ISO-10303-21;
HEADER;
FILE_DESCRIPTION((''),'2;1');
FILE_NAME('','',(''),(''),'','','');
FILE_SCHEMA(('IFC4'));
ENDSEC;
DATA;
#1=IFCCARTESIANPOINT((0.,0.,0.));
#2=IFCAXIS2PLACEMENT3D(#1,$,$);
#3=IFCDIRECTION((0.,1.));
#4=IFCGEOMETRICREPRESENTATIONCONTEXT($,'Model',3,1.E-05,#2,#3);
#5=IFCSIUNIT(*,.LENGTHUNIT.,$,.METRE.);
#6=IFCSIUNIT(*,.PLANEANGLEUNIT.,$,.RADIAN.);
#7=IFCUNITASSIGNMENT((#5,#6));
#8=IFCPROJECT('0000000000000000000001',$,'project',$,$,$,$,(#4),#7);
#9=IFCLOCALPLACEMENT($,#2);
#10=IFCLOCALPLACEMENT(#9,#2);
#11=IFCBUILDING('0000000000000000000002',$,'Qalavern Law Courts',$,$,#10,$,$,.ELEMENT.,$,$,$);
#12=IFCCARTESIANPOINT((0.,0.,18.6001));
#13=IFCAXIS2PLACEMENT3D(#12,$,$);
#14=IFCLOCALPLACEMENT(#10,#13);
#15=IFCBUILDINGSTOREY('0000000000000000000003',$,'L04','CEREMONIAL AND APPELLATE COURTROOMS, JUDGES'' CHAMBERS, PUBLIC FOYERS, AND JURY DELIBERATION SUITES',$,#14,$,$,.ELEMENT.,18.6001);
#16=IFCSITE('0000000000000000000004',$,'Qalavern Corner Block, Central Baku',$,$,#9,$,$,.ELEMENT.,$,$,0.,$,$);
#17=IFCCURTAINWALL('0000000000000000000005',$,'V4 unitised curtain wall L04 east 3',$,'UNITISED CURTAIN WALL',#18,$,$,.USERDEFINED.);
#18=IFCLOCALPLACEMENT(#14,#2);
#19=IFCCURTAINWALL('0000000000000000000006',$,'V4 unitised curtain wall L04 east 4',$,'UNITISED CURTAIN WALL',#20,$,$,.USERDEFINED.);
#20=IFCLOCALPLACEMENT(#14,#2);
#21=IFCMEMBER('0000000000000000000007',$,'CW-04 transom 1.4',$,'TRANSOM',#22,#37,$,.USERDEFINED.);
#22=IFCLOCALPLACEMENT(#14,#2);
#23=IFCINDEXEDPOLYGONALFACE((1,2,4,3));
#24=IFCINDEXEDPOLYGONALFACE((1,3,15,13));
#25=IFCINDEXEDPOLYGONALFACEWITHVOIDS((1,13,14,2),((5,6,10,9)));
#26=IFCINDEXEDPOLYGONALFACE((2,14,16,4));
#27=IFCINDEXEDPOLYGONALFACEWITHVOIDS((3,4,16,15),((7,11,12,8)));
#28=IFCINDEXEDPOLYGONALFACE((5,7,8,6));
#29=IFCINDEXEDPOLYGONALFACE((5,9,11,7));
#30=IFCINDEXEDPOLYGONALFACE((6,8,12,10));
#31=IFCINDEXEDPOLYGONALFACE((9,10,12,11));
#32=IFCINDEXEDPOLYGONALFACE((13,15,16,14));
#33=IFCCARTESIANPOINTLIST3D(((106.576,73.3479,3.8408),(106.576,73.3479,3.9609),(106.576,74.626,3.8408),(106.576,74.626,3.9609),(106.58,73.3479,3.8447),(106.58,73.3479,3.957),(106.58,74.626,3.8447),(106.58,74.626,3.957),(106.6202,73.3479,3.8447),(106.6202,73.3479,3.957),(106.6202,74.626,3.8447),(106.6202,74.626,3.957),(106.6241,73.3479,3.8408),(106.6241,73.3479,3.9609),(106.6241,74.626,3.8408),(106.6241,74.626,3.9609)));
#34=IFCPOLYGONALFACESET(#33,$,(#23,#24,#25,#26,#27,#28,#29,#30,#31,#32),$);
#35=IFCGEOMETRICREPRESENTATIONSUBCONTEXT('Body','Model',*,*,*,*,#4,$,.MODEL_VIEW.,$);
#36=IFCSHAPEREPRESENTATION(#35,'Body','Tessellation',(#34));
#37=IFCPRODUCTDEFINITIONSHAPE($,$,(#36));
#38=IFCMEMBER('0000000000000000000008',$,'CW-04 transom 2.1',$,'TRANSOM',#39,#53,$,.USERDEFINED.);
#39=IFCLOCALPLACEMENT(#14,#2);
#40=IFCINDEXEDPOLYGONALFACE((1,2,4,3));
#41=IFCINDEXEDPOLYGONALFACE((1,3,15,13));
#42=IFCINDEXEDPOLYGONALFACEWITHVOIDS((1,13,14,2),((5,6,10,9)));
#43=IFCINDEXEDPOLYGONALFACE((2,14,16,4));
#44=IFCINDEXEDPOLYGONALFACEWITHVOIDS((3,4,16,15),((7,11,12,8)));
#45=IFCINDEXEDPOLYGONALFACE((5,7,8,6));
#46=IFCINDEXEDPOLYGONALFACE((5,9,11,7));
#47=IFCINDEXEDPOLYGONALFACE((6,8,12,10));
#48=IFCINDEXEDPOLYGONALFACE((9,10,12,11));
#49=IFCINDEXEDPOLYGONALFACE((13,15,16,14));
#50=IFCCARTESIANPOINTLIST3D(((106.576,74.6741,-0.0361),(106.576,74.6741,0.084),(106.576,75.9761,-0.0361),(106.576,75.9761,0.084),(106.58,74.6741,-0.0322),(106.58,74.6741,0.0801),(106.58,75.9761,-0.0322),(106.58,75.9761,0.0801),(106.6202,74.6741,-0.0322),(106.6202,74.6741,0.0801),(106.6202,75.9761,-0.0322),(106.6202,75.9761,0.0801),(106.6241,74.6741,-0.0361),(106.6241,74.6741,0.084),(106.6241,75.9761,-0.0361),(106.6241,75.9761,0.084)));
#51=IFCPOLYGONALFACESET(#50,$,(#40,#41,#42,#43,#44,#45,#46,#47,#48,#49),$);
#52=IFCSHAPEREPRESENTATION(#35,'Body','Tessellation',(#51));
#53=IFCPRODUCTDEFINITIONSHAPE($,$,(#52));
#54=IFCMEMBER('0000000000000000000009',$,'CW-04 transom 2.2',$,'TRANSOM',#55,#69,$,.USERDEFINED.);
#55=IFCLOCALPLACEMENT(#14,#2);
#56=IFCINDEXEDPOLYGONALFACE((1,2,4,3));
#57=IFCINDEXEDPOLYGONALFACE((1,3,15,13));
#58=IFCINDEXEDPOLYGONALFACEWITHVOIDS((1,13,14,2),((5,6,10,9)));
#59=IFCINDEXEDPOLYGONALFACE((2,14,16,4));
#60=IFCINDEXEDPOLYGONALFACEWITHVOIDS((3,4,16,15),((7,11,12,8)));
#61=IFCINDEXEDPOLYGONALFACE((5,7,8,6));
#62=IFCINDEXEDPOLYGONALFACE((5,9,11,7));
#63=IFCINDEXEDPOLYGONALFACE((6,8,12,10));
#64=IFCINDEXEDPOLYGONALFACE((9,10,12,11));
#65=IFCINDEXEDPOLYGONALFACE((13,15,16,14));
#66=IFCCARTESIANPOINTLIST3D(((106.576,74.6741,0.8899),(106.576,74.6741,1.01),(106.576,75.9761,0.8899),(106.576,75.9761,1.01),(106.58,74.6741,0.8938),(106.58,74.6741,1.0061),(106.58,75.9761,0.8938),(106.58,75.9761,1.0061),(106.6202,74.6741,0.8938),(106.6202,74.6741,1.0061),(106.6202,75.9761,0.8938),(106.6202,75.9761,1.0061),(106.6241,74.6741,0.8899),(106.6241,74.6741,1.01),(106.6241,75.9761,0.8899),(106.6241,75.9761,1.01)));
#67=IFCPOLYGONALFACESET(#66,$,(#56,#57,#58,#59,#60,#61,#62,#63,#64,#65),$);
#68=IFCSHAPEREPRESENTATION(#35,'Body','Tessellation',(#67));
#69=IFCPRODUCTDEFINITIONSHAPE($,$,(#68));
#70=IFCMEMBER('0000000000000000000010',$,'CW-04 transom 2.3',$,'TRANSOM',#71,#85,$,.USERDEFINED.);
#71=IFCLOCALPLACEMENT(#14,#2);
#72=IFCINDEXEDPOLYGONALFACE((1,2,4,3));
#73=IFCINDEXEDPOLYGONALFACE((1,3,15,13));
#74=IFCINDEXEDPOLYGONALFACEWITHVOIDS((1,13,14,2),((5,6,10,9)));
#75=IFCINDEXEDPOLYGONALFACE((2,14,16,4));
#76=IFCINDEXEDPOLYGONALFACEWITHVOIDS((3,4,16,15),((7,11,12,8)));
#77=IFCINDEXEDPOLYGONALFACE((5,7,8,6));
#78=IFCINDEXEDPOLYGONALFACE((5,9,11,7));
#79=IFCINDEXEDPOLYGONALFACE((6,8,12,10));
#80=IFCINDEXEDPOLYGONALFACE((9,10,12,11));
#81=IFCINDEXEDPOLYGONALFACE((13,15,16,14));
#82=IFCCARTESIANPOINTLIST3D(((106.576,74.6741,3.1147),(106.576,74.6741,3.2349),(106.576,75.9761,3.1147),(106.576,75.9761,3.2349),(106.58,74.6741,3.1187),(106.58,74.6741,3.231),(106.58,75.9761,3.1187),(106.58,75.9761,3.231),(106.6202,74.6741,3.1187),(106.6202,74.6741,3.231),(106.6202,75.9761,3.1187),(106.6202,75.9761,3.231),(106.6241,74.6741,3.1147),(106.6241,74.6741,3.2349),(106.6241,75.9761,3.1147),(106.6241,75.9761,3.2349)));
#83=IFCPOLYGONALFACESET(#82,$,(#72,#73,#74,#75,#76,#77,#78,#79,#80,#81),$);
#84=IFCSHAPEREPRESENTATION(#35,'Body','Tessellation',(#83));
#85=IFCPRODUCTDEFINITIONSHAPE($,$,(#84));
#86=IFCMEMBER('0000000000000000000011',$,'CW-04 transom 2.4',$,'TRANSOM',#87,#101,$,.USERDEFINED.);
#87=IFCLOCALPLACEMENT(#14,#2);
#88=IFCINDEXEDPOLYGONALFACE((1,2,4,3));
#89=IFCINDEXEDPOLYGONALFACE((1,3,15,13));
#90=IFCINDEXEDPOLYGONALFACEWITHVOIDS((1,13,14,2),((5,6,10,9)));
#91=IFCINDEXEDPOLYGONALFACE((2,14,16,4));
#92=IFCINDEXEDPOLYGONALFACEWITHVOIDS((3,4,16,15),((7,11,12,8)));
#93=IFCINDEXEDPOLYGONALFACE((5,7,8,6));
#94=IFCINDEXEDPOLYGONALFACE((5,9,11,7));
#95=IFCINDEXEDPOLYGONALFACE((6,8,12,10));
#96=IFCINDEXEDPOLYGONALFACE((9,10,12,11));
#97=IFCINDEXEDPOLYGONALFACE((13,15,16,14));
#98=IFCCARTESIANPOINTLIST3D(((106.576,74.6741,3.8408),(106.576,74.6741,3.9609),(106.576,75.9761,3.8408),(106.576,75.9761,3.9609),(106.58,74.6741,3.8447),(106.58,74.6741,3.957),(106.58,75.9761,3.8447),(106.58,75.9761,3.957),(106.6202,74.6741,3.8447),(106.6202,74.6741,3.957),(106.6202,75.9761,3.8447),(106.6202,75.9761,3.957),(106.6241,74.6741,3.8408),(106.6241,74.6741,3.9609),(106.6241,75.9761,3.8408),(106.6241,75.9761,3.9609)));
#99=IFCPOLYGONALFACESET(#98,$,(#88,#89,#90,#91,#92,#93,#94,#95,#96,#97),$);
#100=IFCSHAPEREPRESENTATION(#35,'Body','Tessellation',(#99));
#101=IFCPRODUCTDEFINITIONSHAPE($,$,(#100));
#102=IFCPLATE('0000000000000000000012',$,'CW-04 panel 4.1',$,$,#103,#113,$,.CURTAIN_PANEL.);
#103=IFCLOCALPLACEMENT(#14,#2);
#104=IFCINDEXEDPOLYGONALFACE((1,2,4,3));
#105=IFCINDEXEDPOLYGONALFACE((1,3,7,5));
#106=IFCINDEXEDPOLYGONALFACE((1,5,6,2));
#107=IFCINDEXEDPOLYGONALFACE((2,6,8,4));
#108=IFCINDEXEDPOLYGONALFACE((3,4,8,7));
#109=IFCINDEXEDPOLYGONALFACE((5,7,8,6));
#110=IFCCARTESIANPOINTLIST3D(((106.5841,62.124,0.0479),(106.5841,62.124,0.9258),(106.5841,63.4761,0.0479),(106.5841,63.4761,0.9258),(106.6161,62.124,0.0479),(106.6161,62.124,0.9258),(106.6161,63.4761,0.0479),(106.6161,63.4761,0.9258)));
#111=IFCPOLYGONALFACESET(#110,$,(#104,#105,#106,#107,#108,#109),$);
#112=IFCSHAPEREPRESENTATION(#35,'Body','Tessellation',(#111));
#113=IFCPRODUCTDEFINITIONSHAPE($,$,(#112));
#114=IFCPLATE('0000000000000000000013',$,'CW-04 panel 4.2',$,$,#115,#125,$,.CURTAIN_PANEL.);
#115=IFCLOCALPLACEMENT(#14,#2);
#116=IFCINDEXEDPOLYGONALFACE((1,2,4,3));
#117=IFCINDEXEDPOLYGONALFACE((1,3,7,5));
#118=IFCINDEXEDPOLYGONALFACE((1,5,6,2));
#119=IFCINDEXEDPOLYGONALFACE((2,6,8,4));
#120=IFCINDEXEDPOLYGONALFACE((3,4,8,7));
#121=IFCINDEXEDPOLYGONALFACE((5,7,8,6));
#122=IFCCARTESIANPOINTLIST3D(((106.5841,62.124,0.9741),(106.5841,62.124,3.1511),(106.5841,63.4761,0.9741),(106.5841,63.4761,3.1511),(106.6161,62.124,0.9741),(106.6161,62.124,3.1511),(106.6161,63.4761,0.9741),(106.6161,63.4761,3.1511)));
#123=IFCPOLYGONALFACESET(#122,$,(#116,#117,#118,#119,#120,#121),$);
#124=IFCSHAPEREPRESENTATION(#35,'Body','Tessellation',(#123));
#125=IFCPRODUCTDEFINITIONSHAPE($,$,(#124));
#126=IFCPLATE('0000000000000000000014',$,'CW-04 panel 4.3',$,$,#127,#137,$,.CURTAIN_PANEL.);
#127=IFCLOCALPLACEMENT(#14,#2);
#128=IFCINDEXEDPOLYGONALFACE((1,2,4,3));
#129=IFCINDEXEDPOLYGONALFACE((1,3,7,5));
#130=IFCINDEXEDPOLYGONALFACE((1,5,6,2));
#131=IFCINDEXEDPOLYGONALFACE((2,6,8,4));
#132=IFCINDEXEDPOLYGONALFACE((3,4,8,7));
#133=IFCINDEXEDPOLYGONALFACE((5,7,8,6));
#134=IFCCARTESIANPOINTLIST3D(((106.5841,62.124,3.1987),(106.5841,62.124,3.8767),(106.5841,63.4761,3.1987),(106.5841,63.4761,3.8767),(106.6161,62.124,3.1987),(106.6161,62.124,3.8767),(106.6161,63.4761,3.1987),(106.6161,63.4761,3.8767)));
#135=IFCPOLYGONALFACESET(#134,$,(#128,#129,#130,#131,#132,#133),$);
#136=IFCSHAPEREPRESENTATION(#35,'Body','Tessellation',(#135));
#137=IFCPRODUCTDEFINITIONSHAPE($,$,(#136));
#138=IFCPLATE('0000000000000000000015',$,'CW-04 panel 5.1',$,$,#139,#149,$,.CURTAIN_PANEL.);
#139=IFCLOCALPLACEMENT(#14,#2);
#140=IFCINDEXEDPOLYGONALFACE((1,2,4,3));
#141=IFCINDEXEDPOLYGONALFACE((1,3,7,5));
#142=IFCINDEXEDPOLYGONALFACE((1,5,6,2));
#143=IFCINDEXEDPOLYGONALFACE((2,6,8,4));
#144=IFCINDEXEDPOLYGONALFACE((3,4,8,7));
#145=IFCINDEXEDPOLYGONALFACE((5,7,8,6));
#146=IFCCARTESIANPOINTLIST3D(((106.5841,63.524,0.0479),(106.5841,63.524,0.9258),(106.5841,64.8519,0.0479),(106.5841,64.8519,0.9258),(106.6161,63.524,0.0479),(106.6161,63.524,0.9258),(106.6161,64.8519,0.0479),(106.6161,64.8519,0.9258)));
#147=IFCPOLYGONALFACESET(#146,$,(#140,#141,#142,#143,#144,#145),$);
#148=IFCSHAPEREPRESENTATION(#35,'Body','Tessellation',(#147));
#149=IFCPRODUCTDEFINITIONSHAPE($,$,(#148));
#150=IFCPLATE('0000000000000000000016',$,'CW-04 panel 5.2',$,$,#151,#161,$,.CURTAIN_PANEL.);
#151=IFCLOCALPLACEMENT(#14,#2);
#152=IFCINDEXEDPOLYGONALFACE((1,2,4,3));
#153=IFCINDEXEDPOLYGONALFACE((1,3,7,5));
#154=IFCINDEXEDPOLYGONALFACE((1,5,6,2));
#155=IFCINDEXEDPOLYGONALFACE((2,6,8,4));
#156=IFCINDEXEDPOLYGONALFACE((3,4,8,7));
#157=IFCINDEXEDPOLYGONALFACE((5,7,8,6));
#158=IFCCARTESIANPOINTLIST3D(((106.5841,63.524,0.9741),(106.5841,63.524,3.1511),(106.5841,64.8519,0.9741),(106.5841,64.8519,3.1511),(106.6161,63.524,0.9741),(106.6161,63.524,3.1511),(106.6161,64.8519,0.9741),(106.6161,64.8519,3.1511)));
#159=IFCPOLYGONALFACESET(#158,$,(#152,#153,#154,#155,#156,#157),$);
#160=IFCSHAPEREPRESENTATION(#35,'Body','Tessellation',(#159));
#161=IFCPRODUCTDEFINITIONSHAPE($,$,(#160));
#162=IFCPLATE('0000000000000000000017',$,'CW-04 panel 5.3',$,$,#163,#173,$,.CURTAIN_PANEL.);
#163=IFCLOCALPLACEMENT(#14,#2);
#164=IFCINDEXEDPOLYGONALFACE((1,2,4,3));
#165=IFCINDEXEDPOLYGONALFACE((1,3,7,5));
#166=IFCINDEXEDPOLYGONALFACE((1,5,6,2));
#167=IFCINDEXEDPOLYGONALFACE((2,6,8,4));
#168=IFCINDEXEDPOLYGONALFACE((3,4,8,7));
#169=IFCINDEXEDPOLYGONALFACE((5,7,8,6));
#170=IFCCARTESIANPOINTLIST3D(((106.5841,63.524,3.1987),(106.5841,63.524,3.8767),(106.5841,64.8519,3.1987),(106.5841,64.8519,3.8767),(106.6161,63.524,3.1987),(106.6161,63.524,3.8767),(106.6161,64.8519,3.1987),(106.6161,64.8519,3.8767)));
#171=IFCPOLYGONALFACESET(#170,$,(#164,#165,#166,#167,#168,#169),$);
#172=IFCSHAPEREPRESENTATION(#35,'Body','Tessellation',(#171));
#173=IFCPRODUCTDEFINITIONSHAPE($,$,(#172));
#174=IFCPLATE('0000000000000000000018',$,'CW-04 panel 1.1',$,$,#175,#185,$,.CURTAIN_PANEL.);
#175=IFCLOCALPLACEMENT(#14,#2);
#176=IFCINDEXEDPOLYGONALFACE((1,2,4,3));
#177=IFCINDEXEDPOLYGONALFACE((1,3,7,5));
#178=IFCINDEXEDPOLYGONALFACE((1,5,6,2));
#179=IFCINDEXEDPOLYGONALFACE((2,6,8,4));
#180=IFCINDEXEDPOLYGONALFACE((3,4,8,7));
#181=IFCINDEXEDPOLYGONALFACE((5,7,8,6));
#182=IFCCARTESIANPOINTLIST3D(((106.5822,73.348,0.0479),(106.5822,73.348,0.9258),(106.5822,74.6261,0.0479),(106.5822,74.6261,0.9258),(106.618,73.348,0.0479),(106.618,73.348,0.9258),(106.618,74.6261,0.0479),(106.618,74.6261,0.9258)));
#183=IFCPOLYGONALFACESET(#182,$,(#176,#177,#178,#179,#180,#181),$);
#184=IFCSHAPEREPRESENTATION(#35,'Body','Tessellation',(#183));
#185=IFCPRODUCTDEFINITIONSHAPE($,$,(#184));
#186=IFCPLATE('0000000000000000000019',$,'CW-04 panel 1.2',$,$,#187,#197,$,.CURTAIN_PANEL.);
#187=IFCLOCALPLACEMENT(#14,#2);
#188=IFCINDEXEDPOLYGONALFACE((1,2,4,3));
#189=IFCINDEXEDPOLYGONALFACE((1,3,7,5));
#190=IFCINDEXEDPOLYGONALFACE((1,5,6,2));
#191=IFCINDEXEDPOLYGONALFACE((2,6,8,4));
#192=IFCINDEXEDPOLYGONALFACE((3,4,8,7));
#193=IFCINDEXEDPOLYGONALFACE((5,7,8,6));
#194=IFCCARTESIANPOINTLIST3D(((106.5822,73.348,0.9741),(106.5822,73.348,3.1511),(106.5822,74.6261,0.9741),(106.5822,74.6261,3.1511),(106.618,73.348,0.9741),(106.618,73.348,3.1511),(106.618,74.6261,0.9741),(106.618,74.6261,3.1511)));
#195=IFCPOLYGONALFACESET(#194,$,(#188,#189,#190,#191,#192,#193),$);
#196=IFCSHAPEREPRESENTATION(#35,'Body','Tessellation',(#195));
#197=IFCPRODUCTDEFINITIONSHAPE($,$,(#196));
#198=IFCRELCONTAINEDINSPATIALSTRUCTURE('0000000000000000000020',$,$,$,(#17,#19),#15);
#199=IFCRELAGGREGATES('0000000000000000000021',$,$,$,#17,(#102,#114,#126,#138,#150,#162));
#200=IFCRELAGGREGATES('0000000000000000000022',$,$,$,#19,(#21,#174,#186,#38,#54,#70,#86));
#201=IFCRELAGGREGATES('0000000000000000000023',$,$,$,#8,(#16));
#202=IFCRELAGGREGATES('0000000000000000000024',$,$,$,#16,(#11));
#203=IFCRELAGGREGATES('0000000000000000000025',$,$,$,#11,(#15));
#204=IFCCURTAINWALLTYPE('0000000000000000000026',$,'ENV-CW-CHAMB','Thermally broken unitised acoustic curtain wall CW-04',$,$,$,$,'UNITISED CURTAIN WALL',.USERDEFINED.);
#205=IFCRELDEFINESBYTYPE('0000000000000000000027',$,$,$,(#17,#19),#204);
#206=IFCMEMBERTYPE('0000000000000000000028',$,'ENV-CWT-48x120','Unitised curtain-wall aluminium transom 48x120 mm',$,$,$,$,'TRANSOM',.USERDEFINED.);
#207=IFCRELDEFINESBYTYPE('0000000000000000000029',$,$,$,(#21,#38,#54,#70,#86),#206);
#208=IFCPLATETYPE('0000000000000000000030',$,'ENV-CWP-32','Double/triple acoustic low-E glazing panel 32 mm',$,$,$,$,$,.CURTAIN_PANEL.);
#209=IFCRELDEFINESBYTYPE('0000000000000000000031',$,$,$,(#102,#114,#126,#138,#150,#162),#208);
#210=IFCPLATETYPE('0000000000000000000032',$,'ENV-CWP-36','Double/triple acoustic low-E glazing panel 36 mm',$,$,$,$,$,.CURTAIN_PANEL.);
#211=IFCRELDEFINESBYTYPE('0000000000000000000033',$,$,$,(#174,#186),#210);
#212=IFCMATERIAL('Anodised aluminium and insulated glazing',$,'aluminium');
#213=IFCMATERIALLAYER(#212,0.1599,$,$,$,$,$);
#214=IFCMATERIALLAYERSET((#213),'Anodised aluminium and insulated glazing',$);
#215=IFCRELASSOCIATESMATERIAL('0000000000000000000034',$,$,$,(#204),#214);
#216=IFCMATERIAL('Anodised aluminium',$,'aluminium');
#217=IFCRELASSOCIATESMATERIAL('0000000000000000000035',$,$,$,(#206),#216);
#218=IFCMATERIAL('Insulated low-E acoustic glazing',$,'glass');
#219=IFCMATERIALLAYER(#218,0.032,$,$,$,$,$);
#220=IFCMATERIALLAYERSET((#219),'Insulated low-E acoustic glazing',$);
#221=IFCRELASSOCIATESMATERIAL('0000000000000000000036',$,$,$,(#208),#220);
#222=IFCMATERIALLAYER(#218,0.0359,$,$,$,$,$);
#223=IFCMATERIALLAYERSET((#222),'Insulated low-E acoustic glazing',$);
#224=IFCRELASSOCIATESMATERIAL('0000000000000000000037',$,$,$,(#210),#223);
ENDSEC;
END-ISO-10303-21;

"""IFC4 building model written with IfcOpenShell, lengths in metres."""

from ifc_helpers import new_model, si_unit, direction, frame, origin, origin_2d, place, context, subcontext, project, spatial, rectangle, hollow_rectangle, extrude, material, layer, layer_set, material_profile, profile_set, type_object, element, aggregate, save


model = new_model("IFC4")

# Units and contexts
model_context = context("Model", 3, precision=1e-05, world=origin(), true_north=direction((0.0, 1.0)))
body_context = subcontext(model_context, "Body", "Model", "MODEL_VIEW")
ifc_project = project(units=[si_unit("LENGTHUNIT", "METRE"), si_unit("PLANEANGLEUNIT", "RADIAN")], contexts=[model_context])

# Site, building, storey
site_placement = place(None, origin())
site = spatial("IfcSite", under=ifc_project, at=site_placement, Name="Qalavern Corner Block, Central Baku", CompositionType="ELEMENT", RefElevation=0.0)
building_placement = place(site_placement, origin())
building = spatial("IfcBuilding", under=site, at=building_placement, Name="Qalavern Law Courts", CompositionType="ELEMENT")
storey_placement = place(building_placement, frame((0.0, 0.0, 18.6001)))
storey = spatial("IfcBuildingStorey", under=building, at=storey_placement, Name="L04", Description="CEREMONIAL AND APPELLATE COURTROOMS, JUDGES' CHAMBERS, PUBLIC FOYERS, AND JURY DELIBERATION SUITES", CompositionType="ELEMENT", Elevation=18.6001)

# Curtain walls
ifc_material_1 = material(Name="Anodised aluminium and insulated glazing", Category="aluminium")
ifc_layer_1 = layer(ifc_material_1, 0.1599)
ifc_layer_set_1 = layer_set([ifc_layer_1], Name="Anodised aluminium and insulated glazing")
curtain_wall_type = type_object("IfcCurtainWallType", Name="ENV-CW-CHAMB", Description="Thermally broken unitised acoustic curtain wall CW-04", ElementType="UNITISED CURTAIN WALL", PredefinedType="USERDEFINED", material=ifc_layer_set_1)
curtain_wall_1_placement = place(storey_placement, origin())
curtain_wall_1 = element("IfcCurtainWall", 1, at=curtain_wall_1_placement, inside=storey, type_object=curtain_wall_type, Name="V4 unitised curtain wall L04 east 3", ObjectType="UNITISED CURTAIN WALL", PredefinedType="USERDEFINED")
ifc_material_2 = material(Name="Anodised aluminium", Category="aluminium")
curtain_wall_2_placement = place(storey_placement, origin())
curtain_wall_2 = element("IfcCurtainWall", 2, at=curtain_wall_2_placement, inside=storey, type_object=curtain_wall_type, Name="V4 unitised curtain wall L04 east 4", ObjectType="UNITISED CURTAIN WALL", PredefinedType="USERDEFINED")

# Members
ifc_material_profile_1 = material_profile(ifc_material_2, hollow_rectangle(XDim=0.0481, YDim=0.1201, WallThickness=0.0039, at=origin_2d()), Name="ALU TRANSOM 48x120")
ifc_profile_set_1 = profile_set([ifc_material_profile_1], Name="Anodised aluminium")
member_type_1 = type_object("IfcMemberType", Name="ENV-CWT-48x120", Description="Unitised curtain-wall aluminium transom 48x120 mm", ElementType="TRANSOM", PredefinedType="USERDEFINED", material=ifc_profile_set_1)
member_1_placement = place(storey_placement, frame((106.6001, 73.3479, 3.9009), z_axis=(0.0, 1.0, 0.0), x_axis=(-1.0, 0.0, 0.0)))
member_1 = element("IfcMember", 3, at=member_1_placement, type_object=member_type_1, Name="CW-04 transom 1.4", ObjectType="TRANSOM", PredefinedType="USERDEFINED", context=body_context, shape_type="SweptSolid", body=[
    extrude(hollow_rectangle(XDim=0.0481, YDim=0.1201, WallThickness=0.0039, at=origin_2d()), origin(), (0.0, 0.0, 1.0), 1.2781),
])
member_2_placement = place(storey_placement, frame((106.6001, 74.6741, 0.0239), z_axis=(0.0, 1.0, 0.0), x_axis=(-1.0, 0.0, 0.0)))
member_2 = element("IfcMember", 4, at=member_2_placement, type_object=member_type_1, Name="CW-04 transom 2.1", ObjectType="TRANSOM", PredefinedType="USERDEFINED", context=body_context, shape_type="SweptSolid", body=[
    extrude(hollow_rectangle(XDim=0.0481, YDim=0.1201, WallThickness=0.0039, at=origin_2d()), origin(), (0.0, 0.0, 1.0), 1.302),
])
member_3_placement = place(storey_placement, frame((106.6001, 74.6741, 0.95), z_axis=(0.0, 1.0, 0.0), x_axis=(-1.0, 0.0, 0.0)))
member_3 = element("IfcMember", 5, at=member_3_placement, type_object=member_type_1, Name="CW-04 transom 2.2", ObjectType="TRANSOM", PredefinedType="USERDEFINED", context=body_context, shape_type="SweptSolid", body=[
    extrude(hollow_rectangle(XDim=0.0481, YDim=0.1201, WallThickness=0.0039, at=origin_2d()), origin(), (0.0, 0.0, 1.0), 1.302),
])
member_4_placement = place(storey_placement, frame((106.6001, 74.6741, 3.1748), z_axis=(0.0, 1.0, 0.0), x_axis=(-1.0, 0.0, 0.0)))
member_4 = element("IfcMember", 6, at=member_4_placement, type_object=member_type_1, Name="CW-04 transom 2.3", ObjectType="TRANSOM", PredefinedType="USERDEFINED", context=body_context, shape_type="SweptSolid", body=[
    extrude(hollow_rectangle(XDim=0.0481, YDim=0.1201, WallThickness=0.0039, at=origin_2d()), origin(), (0.0, 0.0, 1.0), 1.302),
])
member_5_placement = place(storey_placement, frame((106.6001, 74.6741, 3.9009), z_axis=(0.0, 1.0, 0.0), x_axis=(-1.0, 0.0, 0.0)))
member_5 = element("IfcMember", 7, at=member_5_placement, type_object=member_type_1, Name="CW-04 transom 2.4", ObjectType="TRANSOM", PredefinedType="USERDEFINED", context=body_context, shape_type="SweptSolid", body=[
    extrude(hollow_rectangle(XDim=0.0481, YDim=0.1201, WallThickness=0.0039, at=origin_2d()), origin(), (0.0, 0.0, 1.0), 1.302),
])

# Plates
ifc_material_3 = material(Name="Insulated low-E acoustic glazing", Category="glass")
ifc_layer_2 = layer(ifc_material_3, 0.032)
ifc_layer_set_2 = layer_set([ifc_layer_2], Name="Insulated low-E acoustic glazing")
plate_type_1 = type_object("IfcPlateType", Name="ENV-CWP-32", Description="Double/triple acoustic low-E glazing panel 32 mm", PredefinedType="CURTAIN_PANEL", material=ifc_layer_set_2)
plate_1_placement = place(storey_placement, frame((106.6001, 62.8, 0.0479), z_axis=(0.0, 0.0, 1.0), x_axis=(0.0, 1.0, 0.0)))
plate_1 = element("IfcPlate", 8, at=plate_1_placement, type_object=plate_type_1, Name="CW-04 panel 4.1", PredefinedType="CURTAIN_PANEL", context=body_context, shape_type="SweptSolid", body=[
    extrude(rectangle(XDim=1.3521, YDim=0.032, at=origin_2d()), origin(), (0.0, 0.0, 1.0), 0.8779),
])
plate_2_placement = place(storey_placement, frame((106.6001, 62.8, 0.9741), z_axis=(0.0, 0.0, 1.0), x_axis=(0.0, 1.0, 0.0)))
plate_2 = element("IfcPlate", 9, at=plate_2_placement, type_object=plate_type_1, Name="CW-04 panel 4.2", PredefinedType="CURTAIN_PANEL", context=body_context, shape_type="SweptSolid", body=[
    extrude(rectangle(XDim=1.3521, YDim=0.032, at=origin_2d()), origin(), (0.0, 0.0, 1.0), 2.177),
])
plate_3_placement = place(storey_placement, frame((106.6001, 62.8, 3.1987), z_axis=(0.0, 0.0, 1.0), x_axis=(0.0, 1.0, 0.0)))
plate_3 = element("IfcPlate", 10, at=plate_3_placement, type_object=plate_type_1, Name="CW-04 panel 4.3", PredefinedType="CURTAIN_PANEL", context=body_context, shape_type="SweptSolid", body=[
    extrude(rectangle(XDim=1.3521, YDim=0.032, at=origin_2d()), origin(), (0.0, 0.0, 1.0), 0.678),
])
plate_4_placement = place(storey_placement, frame((106.6001, 64.188, 0.0479), z_axis=(0.0, 0.0, 1.0), x_axis=(0.0, 1.0, 0.0)))
plate_4 = element("IfcPlate", 11, at=plate_4_placement, type_object=plate_type_1, Name="CW-04 panel 5.1", PredefinedType="CURTAIN_PANEL", context=body_context, shape_type="SweptSolid", body=[
    extrude(rectangle(XDim=1.3279, YDim=0.032, at=origin_2d()), origin(), (0.0, 0.0, 1.0), 0.8779),
])
plate_5_placement = place(storey_placement, frame((106.6001, 64.188, 0.9741), z_axis=(0.0, 0.0, 1.0), x_axis=(0.0, 1.0, 0.0)))
plate_5 = element("IfcPlate", 12, at=plate_5_placement, type_object=plate_type_1, Name="CW-04 panel 5.2", PredefinedType="CURTAIN_PANEL", context=body_context, shape_type="SweptSolid", body=[
    extrude(rectangle(XDim=1.3279, YDim=0.032, at=origin_2d()), origin(), (0.0, 0.0, 1.0), 2.177),
])
plate_6_placement = place(storey_placement, frame((106.6001, 64.188, 3.1987), z_axis=(0.0, 0.0, 1.0), x_axis=(0.0, 1.0, 0.0)))
plate_6 = element("IfcPlate", 13, at=plate_6_placement, type_object=plate_type_1, Name="CW-04 panel 5.3", PredefinedType="CURTAIN_PANEL", context=body_context, shape_type="SweptSolid", body=[
    extrude(rectangle(XDim=1.3279, YDim=0.032, at=origin_2d()), origin(), (0.0, 0.0, 1.0), 0.678),
])
aggregate(curtain_wall_1, [plate_1, plate_2, plate_3, plate_4, plate_5, plate_6])
ifc_layer_3 = layer(ifc_material_3, 0.0359)
ifc_layer_set_3 = layer_set([ifc_layer_3], Name="Insulated low-E acoustic glazing")
plate_type_2 = type_object("IfcPlateType", Name="ENV-CWP-36", Description="Double/triple acoustic low-E glazing panel 36 mm", PredefinedType="CURTAIN_PANEL", material=ifc_layer_set_3)
plate_7_placement = place(storey_placement, frame((106.6001, 73.9871, 0.0479), z_axis=(0.0, 0.0, 1.0), x_axis=(0.0, 1.0, 0.0)))
plate_7 = element("IfcPlate", 14, at=plate_7_placement, type_object=plate_type_2, Name="CW-04 panel 1.1", PredefinedType="CURTAIN_PANEL", context=body_context, shape_type="SweptSolid", body=[
    extrude(rectangle(XDim=1.2781, YDim=0.0359, at=origin_2d()), origin(), (0.0, 0.0, 1.0), 0.8779),
])
plate_8_placement = place(storey_placement, frame((106.6001, 73.9871, 0.9741), z_axis=(0.0, 0.0, 1.0), x_axis=(0.0, 1.0, 0.0)))
plate_8 = element("IfcPlate", 15, at=plate_8_placement, type_object=plate_type_2, Name="CW-04 panel 1.2", PredefinedType="CURTAIN_PANEL", context=body_context, shape_type="SweptSolid", body=[
    extrude(rectangle(XDim=1.2781, YDim=0.0359, at=origin_2d()), origin(), (0.0, 0.0, 1.0), 2.177),
])
aggregate(curtain_wall_2, [member_1, plate_7, plate_8, member_2, member_3, member_4, member_5])

save(model, "model.ifc")
